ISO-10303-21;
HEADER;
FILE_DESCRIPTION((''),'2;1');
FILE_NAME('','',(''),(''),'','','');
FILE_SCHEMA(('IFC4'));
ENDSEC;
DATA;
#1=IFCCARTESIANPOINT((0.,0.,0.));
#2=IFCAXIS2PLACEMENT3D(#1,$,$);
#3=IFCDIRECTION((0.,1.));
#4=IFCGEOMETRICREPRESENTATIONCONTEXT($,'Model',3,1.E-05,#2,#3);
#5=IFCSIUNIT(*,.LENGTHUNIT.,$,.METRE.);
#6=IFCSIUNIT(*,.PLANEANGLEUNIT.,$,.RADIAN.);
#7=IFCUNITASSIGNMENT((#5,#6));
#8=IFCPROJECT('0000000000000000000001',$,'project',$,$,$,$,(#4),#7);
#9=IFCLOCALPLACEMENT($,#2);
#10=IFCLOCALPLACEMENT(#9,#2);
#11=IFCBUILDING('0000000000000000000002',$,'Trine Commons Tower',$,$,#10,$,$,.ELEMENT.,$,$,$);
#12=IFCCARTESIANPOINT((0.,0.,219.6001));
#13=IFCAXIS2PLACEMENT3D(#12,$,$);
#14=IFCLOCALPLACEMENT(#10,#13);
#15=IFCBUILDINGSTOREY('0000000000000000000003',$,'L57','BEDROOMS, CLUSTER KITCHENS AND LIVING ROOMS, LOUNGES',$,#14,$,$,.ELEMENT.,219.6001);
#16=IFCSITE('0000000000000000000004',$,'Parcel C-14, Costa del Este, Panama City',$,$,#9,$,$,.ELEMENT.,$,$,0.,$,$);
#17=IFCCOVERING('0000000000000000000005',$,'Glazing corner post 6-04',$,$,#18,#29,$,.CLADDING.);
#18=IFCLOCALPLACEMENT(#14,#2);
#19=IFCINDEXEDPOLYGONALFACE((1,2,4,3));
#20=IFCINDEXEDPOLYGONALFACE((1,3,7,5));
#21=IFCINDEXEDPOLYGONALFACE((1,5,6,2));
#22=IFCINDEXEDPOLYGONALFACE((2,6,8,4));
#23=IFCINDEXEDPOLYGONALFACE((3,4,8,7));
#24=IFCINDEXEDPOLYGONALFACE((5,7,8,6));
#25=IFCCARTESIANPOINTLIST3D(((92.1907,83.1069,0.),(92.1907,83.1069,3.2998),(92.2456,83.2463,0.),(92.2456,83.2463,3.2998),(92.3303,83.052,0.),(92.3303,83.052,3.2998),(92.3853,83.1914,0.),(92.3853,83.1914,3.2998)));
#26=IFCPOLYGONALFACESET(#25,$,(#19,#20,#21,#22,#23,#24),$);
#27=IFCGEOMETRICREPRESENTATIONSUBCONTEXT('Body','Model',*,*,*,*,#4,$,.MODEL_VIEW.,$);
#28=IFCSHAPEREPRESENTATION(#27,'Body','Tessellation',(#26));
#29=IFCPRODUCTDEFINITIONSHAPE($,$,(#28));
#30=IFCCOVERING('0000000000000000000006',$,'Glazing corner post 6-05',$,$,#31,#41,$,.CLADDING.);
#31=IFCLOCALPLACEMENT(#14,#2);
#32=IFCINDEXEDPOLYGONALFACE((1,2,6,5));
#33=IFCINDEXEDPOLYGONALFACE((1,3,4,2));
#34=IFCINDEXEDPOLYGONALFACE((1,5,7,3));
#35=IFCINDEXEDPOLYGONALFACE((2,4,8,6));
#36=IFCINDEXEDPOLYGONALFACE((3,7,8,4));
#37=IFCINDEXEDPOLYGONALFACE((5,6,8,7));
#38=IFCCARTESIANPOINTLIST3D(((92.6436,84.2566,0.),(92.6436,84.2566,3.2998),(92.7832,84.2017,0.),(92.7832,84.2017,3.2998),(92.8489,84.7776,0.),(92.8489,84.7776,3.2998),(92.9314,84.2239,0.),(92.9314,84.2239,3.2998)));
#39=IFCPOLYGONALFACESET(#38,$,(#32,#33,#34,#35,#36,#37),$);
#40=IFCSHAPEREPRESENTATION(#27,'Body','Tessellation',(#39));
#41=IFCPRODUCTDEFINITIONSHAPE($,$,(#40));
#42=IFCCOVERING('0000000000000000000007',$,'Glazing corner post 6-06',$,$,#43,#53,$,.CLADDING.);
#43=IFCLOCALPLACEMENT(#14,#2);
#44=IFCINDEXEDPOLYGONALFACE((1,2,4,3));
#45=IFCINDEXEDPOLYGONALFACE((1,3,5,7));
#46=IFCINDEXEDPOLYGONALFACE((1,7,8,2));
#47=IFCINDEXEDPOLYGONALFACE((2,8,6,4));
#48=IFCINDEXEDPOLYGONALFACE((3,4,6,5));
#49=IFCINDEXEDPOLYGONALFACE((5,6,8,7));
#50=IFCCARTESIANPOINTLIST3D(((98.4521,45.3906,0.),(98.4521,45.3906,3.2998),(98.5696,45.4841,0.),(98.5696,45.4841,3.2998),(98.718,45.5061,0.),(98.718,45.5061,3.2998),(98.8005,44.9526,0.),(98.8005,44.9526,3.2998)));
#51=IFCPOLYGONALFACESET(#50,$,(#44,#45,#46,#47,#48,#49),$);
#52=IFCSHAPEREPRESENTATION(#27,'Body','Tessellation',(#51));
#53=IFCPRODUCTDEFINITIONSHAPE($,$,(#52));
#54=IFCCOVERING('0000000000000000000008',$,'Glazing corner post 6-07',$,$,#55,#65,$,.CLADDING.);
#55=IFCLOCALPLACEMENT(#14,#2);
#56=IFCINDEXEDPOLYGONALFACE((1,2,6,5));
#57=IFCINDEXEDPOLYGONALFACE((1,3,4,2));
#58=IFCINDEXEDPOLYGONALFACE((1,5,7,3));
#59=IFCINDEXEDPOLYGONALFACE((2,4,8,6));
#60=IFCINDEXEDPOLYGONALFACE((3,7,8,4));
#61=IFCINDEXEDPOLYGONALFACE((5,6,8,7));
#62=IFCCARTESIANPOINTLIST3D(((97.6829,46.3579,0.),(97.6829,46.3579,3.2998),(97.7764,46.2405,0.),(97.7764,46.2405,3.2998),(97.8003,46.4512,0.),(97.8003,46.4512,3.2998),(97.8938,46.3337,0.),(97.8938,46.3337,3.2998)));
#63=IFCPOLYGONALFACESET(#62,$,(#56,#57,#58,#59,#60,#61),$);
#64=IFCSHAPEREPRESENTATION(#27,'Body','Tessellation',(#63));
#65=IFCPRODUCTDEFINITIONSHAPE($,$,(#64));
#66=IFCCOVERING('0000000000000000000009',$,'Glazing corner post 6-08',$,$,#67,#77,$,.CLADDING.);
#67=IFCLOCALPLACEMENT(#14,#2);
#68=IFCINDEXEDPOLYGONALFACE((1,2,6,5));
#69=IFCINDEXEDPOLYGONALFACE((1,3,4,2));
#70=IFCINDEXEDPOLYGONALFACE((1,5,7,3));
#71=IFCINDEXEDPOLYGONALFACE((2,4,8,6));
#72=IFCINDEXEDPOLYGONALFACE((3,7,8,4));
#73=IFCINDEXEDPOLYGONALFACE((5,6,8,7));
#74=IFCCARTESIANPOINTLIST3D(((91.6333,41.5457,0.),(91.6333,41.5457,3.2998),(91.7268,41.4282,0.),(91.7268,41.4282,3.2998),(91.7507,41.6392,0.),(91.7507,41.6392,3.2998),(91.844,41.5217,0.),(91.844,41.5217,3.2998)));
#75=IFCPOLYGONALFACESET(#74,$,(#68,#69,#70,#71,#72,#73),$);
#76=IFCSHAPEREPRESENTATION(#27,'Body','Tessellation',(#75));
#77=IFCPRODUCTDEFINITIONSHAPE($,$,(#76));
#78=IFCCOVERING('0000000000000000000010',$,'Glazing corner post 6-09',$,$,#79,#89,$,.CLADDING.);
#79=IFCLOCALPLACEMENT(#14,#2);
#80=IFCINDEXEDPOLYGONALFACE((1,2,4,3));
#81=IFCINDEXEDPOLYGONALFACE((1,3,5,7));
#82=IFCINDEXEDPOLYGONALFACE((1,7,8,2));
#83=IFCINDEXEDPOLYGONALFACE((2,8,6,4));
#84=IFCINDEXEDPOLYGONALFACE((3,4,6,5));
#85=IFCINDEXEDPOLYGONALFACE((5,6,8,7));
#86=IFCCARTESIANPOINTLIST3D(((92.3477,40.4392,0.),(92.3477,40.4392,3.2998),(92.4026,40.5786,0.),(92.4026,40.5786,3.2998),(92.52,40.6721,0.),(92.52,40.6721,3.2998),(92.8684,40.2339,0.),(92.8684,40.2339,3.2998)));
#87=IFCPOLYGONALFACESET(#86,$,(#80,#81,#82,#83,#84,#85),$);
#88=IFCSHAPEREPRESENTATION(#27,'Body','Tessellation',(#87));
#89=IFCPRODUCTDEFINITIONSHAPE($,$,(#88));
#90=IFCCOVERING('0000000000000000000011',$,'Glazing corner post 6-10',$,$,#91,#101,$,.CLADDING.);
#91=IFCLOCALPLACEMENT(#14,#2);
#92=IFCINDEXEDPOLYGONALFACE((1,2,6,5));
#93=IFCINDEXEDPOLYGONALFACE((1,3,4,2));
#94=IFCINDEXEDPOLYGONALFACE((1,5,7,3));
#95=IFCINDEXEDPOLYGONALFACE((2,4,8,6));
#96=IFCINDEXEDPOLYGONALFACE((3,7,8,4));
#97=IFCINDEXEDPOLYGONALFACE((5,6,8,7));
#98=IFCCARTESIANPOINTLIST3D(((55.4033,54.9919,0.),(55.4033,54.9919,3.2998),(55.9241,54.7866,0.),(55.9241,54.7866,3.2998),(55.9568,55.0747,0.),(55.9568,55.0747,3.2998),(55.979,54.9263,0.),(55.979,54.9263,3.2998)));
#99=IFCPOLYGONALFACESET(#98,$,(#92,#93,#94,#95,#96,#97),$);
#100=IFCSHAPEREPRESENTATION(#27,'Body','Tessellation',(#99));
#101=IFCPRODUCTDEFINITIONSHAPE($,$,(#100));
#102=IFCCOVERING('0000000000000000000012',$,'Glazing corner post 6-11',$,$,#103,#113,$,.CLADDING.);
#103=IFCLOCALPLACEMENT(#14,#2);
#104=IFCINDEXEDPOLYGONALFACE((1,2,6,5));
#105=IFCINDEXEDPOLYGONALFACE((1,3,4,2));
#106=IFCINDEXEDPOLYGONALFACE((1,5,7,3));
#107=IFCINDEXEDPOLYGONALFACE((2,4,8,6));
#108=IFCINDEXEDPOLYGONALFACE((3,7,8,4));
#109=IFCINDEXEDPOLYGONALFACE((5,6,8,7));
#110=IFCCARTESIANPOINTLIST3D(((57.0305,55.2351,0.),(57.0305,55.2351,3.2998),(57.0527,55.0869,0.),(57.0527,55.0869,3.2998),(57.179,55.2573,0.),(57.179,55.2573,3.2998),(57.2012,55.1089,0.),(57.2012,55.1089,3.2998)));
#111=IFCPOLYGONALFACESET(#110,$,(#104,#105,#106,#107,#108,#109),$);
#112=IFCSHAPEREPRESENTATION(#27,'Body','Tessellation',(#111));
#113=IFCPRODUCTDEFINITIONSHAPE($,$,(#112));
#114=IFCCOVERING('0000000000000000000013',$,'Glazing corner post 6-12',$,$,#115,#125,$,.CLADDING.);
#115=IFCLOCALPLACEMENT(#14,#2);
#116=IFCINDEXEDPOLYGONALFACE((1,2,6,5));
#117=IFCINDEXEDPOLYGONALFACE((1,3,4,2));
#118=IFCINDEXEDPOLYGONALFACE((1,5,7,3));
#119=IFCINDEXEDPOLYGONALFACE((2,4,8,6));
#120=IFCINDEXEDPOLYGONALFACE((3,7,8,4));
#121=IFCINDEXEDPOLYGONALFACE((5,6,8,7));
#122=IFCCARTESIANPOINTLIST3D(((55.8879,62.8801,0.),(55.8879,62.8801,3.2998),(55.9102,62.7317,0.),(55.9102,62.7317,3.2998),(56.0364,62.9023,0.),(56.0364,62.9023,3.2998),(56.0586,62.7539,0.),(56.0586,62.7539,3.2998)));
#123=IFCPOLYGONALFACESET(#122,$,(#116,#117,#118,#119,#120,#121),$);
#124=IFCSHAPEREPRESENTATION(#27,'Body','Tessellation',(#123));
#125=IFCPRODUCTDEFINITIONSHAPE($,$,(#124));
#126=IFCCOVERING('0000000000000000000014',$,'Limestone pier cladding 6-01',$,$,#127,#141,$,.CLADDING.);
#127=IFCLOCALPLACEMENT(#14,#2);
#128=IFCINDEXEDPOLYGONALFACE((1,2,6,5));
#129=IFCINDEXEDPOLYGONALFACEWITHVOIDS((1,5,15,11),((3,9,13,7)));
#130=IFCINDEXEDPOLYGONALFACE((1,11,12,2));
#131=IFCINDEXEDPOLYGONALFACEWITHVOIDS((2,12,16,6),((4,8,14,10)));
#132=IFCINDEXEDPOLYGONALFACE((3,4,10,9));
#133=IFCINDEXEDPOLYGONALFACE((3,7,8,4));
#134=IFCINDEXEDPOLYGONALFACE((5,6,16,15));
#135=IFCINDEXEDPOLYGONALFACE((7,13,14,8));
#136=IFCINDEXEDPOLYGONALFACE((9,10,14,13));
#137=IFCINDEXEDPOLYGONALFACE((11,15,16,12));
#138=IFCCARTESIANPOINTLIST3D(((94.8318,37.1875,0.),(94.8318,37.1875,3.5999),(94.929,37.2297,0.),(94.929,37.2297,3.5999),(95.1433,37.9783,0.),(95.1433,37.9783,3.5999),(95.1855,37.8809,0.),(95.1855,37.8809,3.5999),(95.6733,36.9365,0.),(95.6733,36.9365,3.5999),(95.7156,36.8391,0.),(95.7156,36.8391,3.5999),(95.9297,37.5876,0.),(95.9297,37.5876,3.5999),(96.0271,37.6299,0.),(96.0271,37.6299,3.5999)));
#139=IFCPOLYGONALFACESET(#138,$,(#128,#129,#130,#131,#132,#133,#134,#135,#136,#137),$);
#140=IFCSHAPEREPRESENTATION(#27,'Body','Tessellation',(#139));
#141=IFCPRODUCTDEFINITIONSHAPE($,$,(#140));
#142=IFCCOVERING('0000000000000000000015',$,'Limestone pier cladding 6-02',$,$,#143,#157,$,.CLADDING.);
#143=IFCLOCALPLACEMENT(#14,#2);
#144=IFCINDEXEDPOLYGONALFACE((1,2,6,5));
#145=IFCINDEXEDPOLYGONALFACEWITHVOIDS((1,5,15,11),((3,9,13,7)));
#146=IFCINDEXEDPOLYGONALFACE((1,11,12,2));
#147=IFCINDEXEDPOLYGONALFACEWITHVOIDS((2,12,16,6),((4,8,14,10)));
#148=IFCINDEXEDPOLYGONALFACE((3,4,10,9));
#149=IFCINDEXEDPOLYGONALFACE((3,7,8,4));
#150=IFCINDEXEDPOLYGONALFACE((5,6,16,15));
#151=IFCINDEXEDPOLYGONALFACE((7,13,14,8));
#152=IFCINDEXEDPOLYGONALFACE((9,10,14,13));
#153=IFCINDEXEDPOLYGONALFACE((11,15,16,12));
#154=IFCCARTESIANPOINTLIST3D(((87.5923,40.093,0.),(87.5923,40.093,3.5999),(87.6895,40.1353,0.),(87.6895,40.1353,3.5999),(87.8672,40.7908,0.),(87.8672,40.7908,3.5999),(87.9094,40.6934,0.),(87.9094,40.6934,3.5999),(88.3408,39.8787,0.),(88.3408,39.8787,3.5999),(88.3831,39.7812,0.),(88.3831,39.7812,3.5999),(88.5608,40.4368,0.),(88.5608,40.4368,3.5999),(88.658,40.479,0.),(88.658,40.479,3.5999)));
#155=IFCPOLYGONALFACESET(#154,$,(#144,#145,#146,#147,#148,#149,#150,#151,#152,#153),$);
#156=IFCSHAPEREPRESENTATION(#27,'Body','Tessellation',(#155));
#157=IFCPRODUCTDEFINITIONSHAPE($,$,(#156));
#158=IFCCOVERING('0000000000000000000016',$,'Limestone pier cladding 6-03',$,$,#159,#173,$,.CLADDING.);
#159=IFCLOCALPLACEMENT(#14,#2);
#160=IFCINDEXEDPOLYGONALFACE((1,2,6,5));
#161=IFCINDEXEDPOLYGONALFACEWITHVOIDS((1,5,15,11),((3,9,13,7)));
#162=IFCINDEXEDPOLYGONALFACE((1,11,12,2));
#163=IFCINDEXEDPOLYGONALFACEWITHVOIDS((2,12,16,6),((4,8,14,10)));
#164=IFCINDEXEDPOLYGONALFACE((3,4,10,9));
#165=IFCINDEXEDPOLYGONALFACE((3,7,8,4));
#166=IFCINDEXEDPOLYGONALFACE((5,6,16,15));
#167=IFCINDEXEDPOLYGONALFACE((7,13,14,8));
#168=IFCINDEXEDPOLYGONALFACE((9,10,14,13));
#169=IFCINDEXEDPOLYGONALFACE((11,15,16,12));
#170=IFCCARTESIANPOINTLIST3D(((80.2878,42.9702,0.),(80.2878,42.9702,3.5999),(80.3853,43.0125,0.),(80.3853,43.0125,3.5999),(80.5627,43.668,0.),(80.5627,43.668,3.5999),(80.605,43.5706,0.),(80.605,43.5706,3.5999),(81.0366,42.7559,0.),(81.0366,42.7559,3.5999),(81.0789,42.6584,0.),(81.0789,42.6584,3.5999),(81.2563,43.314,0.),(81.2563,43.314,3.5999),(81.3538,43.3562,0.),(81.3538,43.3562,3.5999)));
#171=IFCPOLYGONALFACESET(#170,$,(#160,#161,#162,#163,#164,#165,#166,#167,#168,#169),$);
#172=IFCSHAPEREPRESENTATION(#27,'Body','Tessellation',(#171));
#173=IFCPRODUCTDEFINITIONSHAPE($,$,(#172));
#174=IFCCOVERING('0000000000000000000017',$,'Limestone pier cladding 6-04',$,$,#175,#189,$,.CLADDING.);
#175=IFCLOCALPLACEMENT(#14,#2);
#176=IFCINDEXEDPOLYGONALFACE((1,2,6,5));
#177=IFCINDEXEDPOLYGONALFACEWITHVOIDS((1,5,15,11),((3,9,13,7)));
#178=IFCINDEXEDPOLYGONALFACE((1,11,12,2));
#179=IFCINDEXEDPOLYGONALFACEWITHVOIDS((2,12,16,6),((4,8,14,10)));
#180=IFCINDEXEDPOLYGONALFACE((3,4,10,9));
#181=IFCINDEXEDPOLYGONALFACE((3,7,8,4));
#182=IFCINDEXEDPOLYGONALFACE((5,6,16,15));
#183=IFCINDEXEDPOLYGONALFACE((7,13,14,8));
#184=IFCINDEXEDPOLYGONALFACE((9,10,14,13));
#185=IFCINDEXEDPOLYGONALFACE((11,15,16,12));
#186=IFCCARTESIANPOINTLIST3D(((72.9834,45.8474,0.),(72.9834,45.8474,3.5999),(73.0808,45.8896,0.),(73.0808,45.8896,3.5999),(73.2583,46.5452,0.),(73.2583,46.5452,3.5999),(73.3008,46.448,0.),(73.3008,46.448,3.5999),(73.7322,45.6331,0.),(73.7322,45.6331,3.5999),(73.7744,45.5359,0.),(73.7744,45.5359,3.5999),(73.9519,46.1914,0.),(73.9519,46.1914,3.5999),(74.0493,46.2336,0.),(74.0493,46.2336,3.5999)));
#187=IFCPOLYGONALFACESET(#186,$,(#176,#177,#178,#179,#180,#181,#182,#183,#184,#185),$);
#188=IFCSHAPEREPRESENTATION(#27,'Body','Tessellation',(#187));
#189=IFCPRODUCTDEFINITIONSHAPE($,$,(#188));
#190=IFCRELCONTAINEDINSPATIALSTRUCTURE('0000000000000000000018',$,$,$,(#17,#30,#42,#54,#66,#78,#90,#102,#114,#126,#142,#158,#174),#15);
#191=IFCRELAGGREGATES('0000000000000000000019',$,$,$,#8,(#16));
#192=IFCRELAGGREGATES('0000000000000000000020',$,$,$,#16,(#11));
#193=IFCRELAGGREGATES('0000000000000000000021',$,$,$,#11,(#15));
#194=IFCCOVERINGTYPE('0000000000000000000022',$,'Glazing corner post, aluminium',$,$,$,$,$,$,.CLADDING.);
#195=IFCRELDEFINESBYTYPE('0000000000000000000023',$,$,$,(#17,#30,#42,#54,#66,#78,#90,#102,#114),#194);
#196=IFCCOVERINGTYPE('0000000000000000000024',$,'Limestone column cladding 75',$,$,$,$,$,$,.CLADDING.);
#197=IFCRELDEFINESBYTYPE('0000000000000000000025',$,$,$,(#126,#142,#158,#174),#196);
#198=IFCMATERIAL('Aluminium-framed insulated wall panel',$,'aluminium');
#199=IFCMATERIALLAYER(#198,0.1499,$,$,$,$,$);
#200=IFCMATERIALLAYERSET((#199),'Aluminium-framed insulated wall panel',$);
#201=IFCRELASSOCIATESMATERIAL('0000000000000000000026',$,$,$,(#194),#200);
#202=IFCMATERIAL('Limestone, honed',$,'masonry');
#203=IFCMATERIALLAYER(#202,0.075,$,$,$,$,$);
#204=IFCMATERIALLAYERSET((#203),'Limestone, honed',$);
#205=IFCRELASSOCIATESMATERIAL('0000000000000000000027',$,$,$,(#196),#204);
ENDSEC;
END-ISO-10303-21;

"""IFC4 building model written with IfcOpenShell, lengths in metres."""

from ifc_helpers import new_model, si_unit, direction, frame, origin, place, context, subcontext, project, spatial, polyline, outline, extrude, material, layer, layer_set, type_object, element, save


model = new_model("IFC4")

# Units and contexts
model_context = context("Model", 3, precision=1e-05, world=origin(), true_north=direction((0.0, 1.0)))
body_context = subcontext(model_context, "Body", "Model", "MODEL_VIEW")
ifc_project = project(units=[si_unit("LENGTHUNIT", "METRE"), si_unit("PLANEANGLEUNIT", "RADIAN")], contexts=[model_context])

# Site, building, storey
site_placement = place(None, origin())
site = spatial("IfcSite", under=ifc_project, at=site_placement, Name="Parcel C-14, Costa del Este, Panama City", CompositionType="ELEMENT", RefElevation=0.0)
building_placement = place(site_placement, origin())
building = spatial("IfcBuilding", under=site, at=building_placement, Name="Trine Commons Tower", CompositionType="ELEMENT")
storey_placement = place(building_placement, frame((0.0, 0.0, 219.6001)))
storey = spatial("IfcBuildingStorey", under=building, at=storey_placement, Name="L57", Description="BEDROOMS, CLUSTER KITCHENS AND LIVING ROOMS, LOUNGES", CompositionType="ELEMENT", Elevation=219.6001)

# Coverings
ifc_material_1 = material(Name="Aluminium-framed insulated wall panel", Category="aluminium")
ifc_layer_1 = layer(ifc_material_1, 0.1499)
ifc_layer_set_1 = layer_set([ifc_layer_1], Name="Aluminium-framed insulated wall panel")
covering_type_1 = type_object("IfcCoveringType", Name="Glazing corner post, aluminium", PredefinedType="CLADDING", material=ifc_layer_set_1)
covering_1_placement = place(storey_placement, origin())
element("IfcCovering", 1, at=covering_1_placement, inside=storey, type_object=covering_type_1, Name="Glazing corner post 6-04", PredefinedType="CLADDING", context=body_context, shape_type="SweptSolid", body=[
    extrude(outline(polyline([(92.1907, 83.1069), (92.3303, 83.052), (92.3853, 83.1914), (92.2456, 83.2463), (92.1907, 83.1069)])), origin(), (0.0, 0.0, 1.0), 3.2998),
])
covering_2_placement = place(storey_placement, origin())
element("IfcCovering", 2, at=covering_2_placement, inside=storey, type_object=covering_type_1, Name="Glazing corner post 6-05", PredefinedType="CLADDING", context=body_context, shape_type="SweptSolid", body=[
    extrude(outline(polyline([(92.6436, 84.2566), (92.7832, 84.2017), (92.9314, 84.2239), (92.8489, 84.7776), (92.6436, 84.2566)])), origin(), (0.0, 0.0, 1.0), 3.2998),
])
covering_3_placement = place(storey_placement, origin())
element("IfcCovering", 3, at=covering_3_placement, inside=storey, type_object=covering_type_1, Name="Glazing corner post 6-06", PredefinedType="CLADDING", context=body_context, shape_type="SweptSolid", body=[
    extrude(outline(polyline([(98.4521, 45.3906), (98.8005, 44.9526), (98.718, 45.5061), (98.5696, 45.4841), (98.4521, 45.3906)])), origin(), (0.0, 0.0, 1.0), 3.2998),
])
covering_4_placement = place(storey_placement, origin())
element("IfcCovering", 4, at=covering_4_placement, inside=storey, type_object=covering_type_1, Name="Glazing corner post 6-07", PredefinedType="CLADDING", context=body_context, shape_type="SweptSolid", body=[
    extrude(outline(polyline([(97.6829, 46.3579), (97.7764, 46.2405), (97.7764, 46.2405), (97.8938, 46.3337), (97.8003, 46.4512), (97.8003, 46.4512), (97.6829, 46.3579)])), origin(), (0.0, 0.0, 1.0), 3.2998),
])
covering_5_placement = place(storey_placement, origin())
element("IfcCovering", 5, at=covering_5_placement, inside=storey, type_object=covering_type_1, Name="Glazing corner post 6-08", PredefinedType="CLADDING", context=body_context, shape_type="SweptSolid", body=[
    extrude(outline(polyline([(91.7268, 41.4282), (91.844, 41.5217), (91.7507, 41.6392), (91.6333, 41.5457), (91.7268, 41.4282)])), origin(), (0.0, 0.0, 1.0), 3.2998),
])
covering_6_placement = place(storey_placement, origin())
element("IfcCovering", 6, at=covering_6_placement, inside=storey, type_object=covering_type_1, Name="Glazing corner post 6-09", PredefinedType="CLADDING", context=body_context, shape_type="SweptSolid", body=[
    extrude(outline(polyline([(92.3477, 40.4392), (92.8684, 40.2339), (92.52, 40.6721), (92.4026, 40.5786), (92.3477, 40.4392)])), origin(), (0.0, 0.0, 1.0), 3.2998),
])
covering_7_placement = place(storey_placement, origin())
element("IfcCovering", 7, at=covering_7_placement, inside=storey, type_object=covering_type_1, Name="Glazing corner post 6-10", PredefinedType="CLADDING", context=body_context, shape_type="SweptSolid", body=[
    extrude(outline(polyline([(55.9241, 54.7866), (55.979, 54.9263), (55.9568, 55.0747), (55.4033, 54.9919), (55.9241, 54.7866)])), origin(), (0.0, 0.0, 1.0), 3.2998),
])
covering_8_placement = place(storey_placement, origin())
element("IfcCovering", 8, at=covering_8_placement, inside=storey, type_object=covering_type_1, Name="Glazing corner post 6-11", PredefinedType="CLADDING", context=body_context, shape_type="SweptSolid", body=[
    extrude(outline(polyline([(57.0305, 55.2351), (57.0527, 55.0869), (57.2012, 55.1089), (57.179, 55.2573), (57.0305, 55.2351)])), origin(), (0.0, 0.0, 1.0), 3.2998),
])
covering_9_placement = place(storey_placement, origin())
element("IfcCovering", 9, at=covering_9_placement, inside=storey, type_object=covering_type_1, Name="Glazing corner post 6-12", PredefinedType="CLADDING", context=body_context, shape_type="SweptSolid", body=[
    extrude(outline(polyline([(55.9102, 62.7317), (55.9102, 62.7317), (56.0586, 62.7539), (56.0364, 62.9023), (55.8879, 62.8801), (55.9102, 62.7317)])), origin(), (0.0, 0.0, 1.0), 3.2998),
])
ifc_material_2 = material(Name="Limestone, honed", Category="masonry")
ifc_layer_2 = layer(ifc_material_2, 0.075)
ifc_layer_set_2 = layer_set([ifc_layer_2], Name="Limestone, honed")
covering_type_2 = type_object("IfcCoveringType", Name="Limestone column cladding 75", PredefinedType="CLADDING", material=ifc_layer_set_2)
covering_10_placement = place(storey_placement, origin())
element("IfcCovering", 10, at=covering_10_placement, inside=storey, type_object=covering_type_2, Name="Limestone pier cladding 6-01", PredefinedType="CLADDING", context=body_context, shape_type="SweptSolid", body=[
    extrude(outline(polyline([(95.1433, 37.9783), (94.8318, 37.1875), (95.7156, 36.8391), (96.0271, 37.6299), (95.1433, 37.9783)]), holes=[polyline([(95.1855, 37.8809), (94.929, 37.2297), (95.6733, 36.9365), (95.9297, 37.5876), (95.1855, 37.8809)])]), origin(), (0.0, 0.0, 1.0), 3.5999),
])
covering_11_placement = place(storey_placement, origin())
element("IfcCovering", 11, at=covering_11_placement, inside=storey, type_object=covering_type_2, Name="Limestone pier cladding 6-02", PredefinedType="CLADDING", context=body_context, shape_type="SweptSolid", body=[
    extrude(outline(polyline([(87.8672, 40.7908), (87.5923, 40.093), (88.3831, 39.7812), (88.658, 40.479), (87.8672, 40.7908)]), holes=[polyline([(87.9094, 40.6934), (87.6895, 40.1353), (88.3408, 39.8787), (88.5608, 40.4368), (87.9094, 40.6934)])]), origin(), (0.0, 0.0, 1.0), 3.5999),
])
covering_12_placement = place(storey_placement, origin())
element("IfcCovering", 12, at=covering_12_placement, inside=storey, type_object=covering_type_2, Name="Limestone pier cladding 6-03", PredefinedType="CLADDING", context=body_context, shape_type="SweptSolid", body=[
    extrude(outline(polyline([(80.5627, 43.668), (80.2878, 42.9702), (81.0789, 42.6584), (81.3538, 43.3562), (80.5627, 43.668)]), holes=[polyline([(80.605, 43.5706), (80.3853, 43.0125), (81.0366, 42.7559), (81.2563, 43.314), (80.605, 43.5706)])]), origin(), (0.0, 0.0, 1.0), 3.5999),
])
covering_13_placement = place(storey_placement, origin())
element("IfcCovering", 13, at=covering_13_placement, inside=storey, type_object=covering_type_2, Name="Limestone pier cladding 6-04", PredefinedType="CLADDING", context=body_context, shape_type="SweptSolid", body=[
    extrude(outline(polyline([(73.2583, 46.5452), (72.9834, 45.8474), (73.7744, 45.5359), (74.0493, 46.2336), (73.2583, 46.5452)]), holes=[polyline([(73.3008, 46.448), (73.0808, 45.8896), (73.7322, 45.6331), (73.9519, 46.1914), (73.3008, 46.448)])]), origin(), (0.0, 0.0, 1.0), 3.5999),
])

save(model, "model.ifc")
